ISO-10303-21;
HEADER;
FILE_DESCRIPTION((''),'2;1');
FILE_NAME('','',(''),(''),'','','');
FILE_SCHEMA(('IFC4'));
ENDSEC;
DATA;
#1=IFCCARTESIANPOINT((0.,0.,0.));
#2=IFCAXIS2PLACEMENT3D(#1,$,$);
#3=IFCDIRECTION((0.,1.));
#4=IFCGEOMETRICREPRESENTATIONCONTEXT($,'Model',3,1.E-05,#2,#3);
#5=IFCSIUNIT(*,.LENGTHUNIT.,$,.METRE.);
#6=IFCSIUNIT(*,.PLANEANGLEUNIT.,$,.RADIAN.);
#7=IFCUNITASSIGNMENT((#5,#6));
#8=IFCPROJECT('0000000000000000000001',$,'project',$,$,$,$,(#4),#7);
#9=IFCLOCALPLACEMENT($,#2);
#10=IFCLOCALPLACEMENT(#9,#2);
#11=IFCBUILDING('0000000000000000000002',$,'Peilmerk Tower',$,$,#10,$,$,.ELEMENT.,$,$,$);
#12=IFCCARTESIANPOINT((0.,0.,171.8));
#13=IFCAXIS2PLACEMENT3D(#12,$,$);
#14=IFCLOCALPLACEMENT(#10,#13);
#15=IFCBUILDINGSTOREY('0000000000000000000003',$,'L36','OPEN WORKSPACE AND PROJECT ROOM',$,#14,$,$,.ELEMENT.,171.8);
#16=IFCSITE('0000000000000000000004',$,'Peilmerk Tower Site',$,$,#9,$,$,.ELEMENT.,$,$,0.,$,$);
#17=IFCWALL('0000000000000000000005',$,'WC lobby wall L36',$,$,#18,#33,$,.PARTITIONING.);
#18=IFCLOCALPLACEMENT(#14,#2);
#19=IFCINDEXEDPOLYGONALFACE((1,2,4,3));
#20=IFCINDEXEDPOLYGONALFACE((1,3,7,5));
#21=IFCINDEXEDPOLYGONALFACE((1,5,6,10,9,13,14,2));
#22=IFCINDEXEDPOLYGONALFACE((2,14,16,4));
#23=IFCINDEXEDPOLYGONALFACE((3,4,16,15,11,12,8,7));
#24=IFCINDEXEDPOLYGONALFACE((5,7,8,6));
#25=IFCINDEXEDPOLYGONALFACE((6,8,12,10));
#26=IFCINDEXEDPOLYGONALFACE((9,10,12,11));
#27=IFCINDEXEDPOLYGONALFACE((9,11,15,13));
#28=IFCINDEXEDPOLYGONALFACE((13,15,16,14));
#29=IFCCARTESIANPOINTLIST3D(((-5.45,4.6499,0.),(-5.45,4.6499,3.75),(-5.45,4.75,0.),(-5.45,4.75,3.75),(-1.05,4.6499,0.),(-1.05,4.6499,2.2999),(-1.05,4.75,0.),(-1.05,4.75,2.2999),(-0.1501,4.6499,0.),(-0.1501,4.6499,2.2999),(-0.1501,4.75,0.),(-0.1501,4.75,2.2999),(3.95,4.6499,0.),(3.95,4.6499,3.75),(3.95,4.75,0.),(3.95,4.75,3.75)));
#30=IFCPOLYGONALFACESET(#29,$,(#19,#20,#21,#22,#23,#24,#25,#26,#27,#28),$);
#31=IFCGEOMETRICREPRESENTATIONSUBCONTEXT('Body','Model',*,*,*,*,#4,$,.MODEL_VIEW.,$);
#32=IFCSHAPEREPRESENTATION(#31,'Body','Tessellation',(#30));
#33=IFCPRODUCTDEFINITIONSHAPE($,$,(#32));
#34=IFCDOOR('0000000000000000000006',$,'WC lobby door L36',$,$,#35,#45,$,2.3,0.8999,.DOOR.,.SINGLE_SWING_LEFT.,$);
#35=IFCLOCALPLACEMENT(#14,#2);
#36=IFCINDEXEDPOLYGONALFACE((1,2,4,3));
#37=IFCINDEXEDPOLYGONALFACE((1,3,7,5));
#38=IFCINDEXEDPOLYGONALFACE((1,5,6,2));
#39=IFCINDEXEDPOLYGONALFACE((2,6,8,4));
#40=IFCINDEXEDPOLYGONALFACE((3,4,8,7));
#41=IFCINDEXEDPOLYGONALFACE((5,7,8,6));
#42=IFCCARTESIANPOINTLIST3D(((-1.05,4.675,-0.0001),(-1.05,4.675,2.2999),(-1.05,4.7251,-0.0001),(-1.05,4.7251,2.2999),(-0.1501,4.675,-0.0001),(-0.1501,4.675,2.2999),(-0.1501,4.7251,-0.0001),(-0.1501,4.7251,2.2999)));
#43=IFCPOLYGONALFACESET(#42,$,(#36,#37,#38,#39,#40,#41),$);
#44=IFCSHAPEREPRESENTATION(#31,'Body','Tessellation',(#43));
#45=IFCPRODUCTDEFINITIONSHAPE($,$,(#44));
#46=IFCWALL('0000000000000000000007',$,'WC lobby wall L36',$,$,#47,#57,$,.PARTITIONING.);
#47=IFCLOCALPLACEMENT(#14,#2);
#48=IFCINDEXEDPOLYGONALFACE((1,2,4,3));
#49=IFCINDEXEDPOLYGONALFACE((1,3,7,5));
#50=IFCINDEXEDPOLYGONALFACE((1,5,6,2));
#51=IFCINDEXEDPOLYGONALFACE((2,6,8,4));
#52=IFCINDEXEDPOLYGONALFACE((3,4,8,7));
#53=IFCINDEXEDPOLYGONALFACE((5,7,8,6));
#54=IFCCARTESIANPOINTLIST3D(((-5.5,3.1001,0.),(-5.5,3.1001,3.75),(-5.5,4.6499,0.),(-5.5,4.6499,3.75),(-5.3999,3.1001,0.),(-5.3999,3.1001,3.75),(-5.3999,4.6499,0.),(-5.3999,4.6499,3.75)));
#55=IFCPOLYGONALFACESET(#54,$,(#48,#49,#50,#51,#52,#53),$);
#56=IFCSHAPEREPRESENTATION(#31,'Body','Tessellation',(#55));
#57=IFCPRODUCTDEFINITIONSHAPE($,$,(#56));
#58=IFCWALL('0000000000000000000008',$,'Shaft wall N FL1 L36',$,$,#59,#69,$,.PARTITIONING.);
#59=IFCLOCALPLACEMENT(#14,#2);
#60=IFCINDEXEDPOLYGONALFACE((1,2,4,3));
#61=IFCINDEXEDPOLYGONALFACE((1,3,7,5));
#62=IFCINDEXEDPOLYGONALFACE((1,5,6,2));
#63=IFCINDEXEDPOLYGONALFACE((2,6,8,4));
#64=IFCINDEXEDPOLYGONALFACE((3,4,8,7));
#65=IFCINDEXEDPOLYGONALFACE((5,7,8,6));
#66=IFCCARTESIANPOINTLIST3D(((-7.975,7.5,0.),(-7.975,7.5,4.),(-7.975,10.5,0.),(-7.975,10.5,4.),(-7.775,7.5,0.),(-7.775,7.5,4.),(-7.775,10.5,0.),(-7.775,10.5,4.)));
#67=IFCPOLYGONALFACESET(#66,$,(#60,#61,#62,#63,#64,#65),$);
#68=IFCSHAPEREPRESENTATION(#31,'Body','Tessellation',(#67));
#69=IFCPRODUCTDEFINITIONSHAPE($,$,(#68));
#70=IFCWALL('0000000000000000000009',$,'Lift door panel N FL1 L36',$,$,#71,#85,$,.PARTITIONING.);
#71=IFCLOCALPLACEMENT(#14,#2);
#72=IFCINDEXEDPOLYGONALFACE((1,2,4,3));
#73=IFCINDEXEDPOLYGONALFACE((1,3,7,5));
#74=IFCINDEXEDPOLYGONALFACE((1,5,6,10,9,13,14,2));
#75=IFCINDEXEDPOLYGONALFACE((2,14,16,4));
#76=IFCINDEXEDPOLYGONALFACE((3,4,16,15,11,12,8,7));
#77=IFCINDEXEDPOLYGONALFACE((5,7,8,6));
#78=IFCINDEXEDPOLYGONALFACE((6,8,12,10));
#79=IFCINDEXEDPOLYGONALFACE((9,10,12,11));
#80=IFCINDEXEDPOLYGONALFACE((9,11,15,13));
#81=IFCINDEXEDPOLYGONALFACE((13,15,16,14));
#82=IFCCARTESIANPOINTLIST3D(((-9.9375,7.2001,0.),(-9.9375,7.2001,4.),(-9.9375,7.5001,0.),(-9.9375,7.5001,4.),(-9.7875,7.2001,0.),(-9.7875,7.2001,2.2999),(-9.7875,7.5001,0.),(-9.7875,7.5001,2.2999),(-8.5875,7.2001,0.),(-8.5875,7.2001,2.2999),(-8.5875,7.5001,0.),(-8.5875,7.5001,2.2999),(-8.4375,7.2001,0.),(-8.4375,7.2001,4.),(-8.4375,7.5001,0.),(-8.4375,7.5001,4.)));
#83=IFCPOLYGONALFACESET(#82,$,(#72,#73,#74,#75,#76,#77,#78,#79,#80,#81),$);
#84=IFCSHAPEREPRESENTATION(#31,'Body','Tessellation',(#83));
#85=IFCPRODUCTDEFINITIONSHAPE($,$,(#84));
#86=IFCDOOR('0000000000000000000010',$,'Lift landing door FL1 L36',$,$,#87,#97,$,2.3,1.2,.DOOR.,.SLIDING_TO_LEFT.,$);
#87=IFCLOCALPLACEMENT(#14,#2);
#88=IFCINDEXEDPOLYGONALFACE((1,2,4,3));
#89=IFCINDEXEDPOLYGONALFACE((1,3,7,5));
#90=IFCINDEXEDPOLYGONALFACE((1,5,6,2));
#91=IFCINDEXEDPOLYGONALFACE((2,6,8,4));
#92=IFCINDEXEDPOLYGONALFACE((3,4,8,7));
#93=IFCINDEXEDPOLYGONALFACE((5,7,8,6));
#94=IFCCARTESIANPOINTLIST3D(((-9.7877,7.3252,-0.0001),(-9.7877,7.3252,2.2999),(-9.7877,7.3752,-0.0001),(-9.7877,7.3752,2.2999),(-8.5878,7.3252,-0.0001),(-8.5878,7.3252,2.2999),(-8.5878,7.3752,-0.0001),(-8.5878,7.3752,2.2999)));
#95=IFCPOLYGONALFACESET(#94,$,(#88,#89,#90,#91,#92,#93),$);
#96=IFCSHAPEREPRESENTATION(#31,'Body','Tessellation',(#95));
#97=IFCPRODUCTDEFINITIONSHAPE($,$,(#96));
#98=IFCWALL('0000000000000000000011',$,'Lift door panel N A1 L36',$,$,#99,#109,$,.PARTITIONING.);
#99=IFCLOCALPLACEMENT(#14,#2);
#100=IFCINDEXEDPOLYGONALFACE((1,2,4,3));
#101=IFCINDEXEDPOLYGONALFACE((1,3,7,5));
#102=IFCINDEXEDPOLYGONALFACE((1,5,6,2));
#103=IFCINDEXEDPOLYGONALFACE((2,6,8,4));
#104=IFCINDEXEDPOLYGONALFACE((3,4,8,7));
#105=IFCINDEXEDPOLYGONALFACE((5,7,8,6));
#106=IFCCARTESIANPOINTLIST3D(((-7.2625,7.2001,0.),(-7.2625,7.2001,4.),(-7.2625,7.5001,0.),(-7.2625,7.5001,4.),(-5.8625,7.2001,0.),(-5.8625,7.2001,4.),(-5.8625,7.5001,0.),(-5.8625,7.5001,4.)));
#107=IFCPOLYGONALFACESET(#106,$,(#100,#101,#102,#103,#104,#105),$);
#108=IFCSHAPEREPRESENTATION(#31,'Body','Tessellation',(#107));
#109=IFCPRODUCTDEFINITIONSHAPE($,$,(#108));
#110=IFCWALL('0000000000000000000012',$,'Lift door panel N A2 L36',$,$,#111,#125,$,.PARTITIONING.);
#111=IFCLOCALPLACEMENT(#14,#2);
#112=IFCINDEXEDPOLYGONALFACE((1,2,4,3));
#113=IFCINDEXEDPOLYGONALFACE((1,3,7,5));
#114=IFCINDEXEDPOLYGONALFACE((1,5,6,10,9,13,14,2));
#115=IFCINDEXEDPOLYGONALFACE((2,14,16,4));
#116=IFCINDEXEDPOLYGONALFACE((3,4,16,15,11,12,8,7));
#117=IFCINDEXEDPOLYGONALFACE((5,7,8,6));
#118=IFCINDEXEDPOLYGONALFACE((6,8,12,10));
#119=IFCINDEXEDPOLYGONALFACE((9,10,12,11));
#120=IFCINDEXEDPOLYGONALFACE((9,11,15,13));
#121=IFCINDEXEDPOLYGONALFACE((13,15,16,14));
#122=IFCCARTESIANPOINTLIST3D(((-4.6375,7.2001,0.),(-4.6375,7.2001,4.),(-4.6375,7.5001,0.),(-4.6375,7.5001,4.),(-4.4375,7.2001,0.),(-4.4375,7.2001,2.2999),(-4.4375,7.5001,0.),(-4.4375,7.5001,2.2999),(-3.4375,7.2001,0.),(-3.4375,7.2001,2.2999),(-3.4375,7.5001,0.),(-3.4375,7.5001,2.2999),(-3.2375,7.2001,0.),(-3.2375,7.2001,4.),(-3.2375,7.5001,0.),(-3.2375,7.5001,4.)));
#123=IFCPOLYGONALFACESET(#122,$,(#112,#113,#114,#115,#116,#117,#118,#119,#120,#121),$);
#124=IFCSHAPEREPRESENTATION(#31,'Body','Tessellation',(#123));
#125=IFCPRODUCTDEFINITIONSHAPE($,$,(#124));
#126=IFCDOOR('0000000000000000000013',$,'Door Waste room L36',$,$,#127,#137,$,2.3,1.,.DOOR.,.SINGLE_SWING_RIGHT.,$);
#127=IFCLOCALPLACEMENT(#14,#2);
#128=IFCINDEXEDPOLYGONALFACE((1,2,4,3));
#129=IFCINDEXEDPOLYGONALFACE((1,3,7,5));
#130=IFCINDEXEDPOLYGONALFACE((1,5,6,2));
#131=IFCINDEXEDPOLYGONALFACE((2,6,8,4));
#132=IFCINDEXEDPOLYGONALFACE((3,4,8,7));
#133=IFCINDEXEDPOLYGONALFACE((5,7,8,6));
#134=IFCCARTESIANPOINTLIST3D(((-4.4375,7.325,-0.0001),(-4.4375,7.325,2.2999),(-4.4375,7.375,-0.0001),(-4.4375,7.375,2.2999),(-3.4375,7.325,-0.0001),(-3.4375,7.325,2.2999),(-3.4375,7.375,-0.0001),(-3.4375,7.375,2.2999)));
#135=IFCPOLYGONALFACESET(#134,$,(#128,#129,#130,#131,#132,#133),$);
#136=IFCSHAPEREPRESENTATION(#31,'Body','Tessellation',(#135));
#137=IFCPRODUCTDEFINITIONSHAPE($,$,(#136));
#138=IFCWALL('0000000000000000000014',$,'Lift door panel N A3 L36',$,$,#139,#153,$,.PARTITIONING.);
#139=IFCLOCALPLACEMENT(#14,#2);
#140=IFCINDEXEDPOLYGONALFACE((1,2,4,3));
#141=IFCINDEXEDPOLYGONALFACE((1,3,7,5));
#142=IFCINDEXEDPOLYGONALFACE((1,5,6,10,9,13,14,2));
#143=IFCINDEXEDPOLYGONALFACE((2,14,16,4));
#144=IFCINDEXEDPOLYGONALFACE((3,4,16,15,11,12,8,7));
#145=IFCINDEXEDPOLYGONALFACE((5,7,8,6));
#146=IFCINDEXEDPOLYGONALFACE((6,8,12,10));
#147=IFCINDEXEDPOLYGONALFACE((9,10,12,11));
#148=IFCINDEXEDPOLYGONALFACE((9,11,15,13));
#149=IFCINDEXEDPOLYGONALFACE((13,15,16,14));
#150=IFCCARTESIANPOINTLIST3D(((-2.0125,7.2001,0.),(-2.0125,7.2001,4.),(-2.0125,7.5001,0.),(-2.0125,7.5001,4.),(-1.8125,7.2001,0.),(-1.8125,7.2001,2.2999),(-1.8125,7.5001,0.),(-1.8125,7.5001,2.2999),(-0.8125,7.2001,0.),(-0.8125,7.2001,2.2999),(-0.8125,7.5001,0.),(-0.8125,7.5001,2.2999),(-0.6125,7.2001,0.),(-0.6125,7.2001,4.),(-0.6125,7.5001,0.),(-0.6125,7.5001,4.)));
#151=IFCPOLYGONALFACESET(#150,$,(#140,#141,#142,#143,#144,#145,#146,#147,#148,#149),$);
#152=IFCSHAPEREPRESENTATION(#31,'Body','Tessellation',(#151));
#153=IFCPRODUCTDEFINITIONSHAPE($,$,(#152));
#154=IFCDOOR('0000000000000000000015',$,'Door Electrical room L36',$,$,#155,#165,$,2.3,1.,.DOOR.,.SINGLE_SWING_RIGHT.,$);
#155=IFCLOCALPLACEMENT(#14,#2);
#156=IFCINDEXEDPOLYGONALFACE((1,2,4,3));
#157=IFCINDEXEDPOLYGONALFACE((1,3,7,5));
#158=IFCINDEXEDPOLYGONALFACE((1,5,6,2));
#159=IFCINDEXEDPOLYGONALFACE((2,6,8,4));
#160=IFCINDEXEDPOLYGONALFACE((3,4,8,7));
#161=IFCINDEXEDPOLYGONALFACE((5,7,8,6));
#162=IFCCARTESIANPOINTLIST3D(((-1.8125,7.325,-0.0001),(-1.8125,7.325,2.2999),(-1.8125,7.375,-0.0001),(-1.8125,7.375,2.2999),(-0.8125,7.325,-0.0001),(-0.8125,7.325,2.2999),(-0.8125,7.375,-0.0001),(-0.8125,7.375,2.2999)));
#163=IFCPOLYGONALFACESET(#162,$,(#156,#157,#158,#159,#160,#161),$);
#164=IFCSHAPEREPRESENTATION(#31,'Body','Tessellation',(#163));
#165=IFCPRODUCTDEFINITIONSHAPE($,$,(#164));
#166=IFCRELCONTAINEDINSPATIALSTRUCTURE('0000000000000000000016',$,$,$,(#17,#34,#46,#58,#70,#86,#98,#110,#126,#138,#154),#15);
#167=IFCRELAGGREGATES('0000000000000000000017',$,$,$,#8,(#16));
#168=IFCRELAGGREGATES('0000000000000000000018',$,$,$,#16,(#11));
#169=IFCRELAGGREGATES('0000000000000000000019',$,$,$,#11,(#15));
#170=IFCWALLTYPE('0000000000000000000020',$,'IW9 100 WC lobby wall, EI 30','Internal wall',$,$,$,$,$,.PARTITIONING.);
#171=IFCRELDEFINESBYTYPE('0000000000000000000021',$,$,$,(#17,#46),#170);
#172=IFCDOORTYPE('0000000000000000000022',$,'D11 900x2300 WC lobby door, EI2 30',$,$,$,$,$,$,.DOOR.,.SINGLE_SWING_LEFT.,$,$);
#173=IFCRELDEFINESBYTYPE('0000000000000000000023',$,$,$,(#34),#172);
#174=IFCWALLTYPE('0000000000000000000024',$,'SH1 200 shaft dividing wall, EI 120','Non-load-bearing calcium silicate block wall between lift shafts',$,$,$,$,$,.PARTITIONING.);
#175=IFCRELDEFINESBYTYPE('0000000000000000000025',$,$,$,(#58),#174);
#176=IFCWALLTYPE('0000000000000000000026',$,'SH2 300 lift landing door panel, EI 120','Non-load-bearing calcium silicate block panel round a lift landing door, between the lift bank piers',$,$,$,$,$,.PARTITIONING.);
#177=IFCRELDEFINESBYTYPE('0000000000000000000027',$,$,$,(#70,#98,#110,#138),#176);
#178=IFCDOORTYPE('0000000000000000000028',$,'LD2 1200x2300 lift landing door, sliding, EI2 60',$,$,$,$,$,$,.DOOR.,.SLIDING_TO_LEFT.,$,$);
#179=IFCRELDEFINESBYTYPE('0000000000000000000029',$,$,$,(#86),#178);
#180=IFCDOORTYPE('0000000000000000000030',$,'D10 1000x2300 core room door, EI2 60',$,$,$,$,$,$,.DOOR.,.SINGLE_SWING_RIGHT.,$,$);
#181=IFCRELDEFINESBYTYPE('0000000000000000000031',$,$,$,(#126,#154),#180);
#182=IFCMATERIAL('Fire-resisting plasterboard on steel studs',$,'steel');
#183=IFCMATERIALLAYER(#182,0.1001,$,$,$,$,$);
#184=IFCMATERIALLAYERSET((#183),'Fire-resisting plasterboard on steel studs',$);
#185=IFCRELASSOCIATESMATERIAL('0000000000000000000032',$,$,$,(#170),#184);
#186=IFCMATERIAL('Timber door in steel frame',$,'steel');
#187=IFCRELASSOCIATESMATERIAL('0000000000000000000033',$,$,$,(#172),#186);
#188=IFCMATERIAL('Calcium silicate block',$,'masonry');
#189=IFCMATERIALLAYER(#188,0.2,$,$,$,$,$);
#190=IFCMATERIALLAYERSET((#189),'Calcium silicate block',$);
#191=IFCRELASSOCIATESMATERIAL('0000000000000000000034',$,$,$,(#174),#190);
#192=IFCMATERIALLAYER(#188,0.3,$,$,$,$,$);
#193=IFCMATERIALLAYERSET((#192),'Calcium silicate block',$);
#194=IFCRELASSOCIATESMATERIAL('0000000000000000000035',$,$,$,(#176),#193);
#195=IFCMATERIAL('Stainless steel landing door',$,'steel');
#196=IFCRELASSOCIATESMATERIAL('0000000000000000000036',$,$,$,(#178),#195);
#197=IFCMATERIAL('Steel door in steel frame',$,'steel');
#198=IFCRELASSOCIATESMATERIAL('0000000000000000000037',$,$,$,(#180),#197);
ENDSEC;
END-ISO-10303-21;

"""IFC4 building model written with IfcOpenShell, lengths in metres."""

from ifc_helpers import new_model, si_unit, direction, frame, frame_2d, origin, place, context, subcontext, project, spatial, rectangle, extrude, material, layer, layer_set, type_object, element, fill, save


model = new_model("IFC4")

# Units and contexts
model_context = context("Model", 3, precision=1e-05, world=origin(), true_north=direction((0.0, 1.0)))
body_context = subcontext(model_context, "Body", "Model", "MODEL_VIEW")
ifc_project = project(units=[si_unit("LENGTHUNIT", "METRE"), si_unit("PLANEANGLEUNIT", "RADIAN")], contexts=[model_context])

# Site, building, storey
site_placement = place(None, origin())
site = spatial("IfcSite", under=ifc_project, at=site_placement, Name="Peilmerk Tower Site", CompositionType="ELEMENT", RefElevation=0.0)
building_placement = place(site_placement, origin())
building = spatial("IfcBuilding", under=site, at=building_placement, Name="Peilmerk Tower", CompositionType="ELEMENT")
storey_placement = place(building_placement, frame((0.0, 0.0, 171.8)))
storey = spatial("IfcBuildingStorey", under=building, at=storey_placement, Name="L36", Description="OPEN WORKSPACE AND PROJECT ROOM", CompositionType="ELEMENT", Elevation=171.8)

# Shared definitions
ifc_material_1 = material(Name="Steel door in steel frame", Category="steel")

# Shared definitions
ifc_material_2 = material(Name="Timber door in steel frame", Category="steel")

# Wall, opening, door
ifc_material_3 = material(Name="Fire-resisting plasterboard on steel studs", Category="steel")
ifc_layer_1 = layer(ifc_material_3, 0.1001)
ifc_layer_set_1 = layer_set([ifc_layer_1], Name="Fire-resisting plasterboard on steel studs")
wall_type_1 = type_object("IfcWallType", Name="IW9 100 WC lobby wall, EI 30", Description="Internal wall", PredefinedType="PARTITIONING", material=ifc_layer_set_1)
wall_1_placement = place(storey_placement, frame((-5.45, 4.7, 0.0), z_axis=(0.0, 0.0, 1.0), x_axis=(1.0, 0.0, 0.0)))
wall_1 = element("IfcWall", 1, at=wall_1_placement, inside=storey, type_object=wall_type_1, Name="WC lobby wall L36", PredefinedType="PARTITIONING", context=body_context, shape_type="SweptSolid", body=[
    extrude(rectangle(XDim=9.3999, YDim=0.1001, at=frame_2d((4.7, 0.0))), origin(), (0.0, 0.0, 1.0), 3.75),
])
opening_1_placement = place(wall_1_placement, frame((4.3999, 0.0, 0.0)))
opening_1 = element("IfcOpeningElement", 2, at=opening_1_placement, cuts=wall_1, PredefinedType="OPENING", context=body_context, shape_type="SweptSolid", body=[
    extrude(rectangle(XDim=0.8999, YDim=2.3, at=frame_2d((0.45, 1.1499))), frame((0.0, 0.0601, 0.0), z_axis=(0.0, -1.0, 0.0), x_axis=(1.0, 0.0, 0.0)), (0.0, 0.0, 1.0), 0.1201),
])
door_type_1 = type_object("IfcDoorType", Name="D11 900x2300 WC lobby door, EI2 30", OperationType="SINGLE_SWING_LEFT", PredefinedType="DOOR", material=ifc_material_2)
door_1_placement = place(opening_1_placement, frame((0.8999, 0.0, 0.0), z_axis=(0.0, 0.0, 1.0), x_axis=(-1.0, 0.0, 0.0)))
door_1 = element("IfcDoor", 3, at=door_1_placement, inside=storey, type_object=door_type_1, Name="WC lobby door L36", OperationType="SINGLE_SWING_LEFT", OverallHeight=2.3, OverallWidth=0.8999, PredefinedType="DOOR", context=body_context, shape_type="SweptSolid", body=[
    extrude(rectangle(XDim=0.8999, YDim=2.3, at=frame_2d((0.45, 1.1499))), frame((0.0, 0.0249, 0.0), z_axis=(0.0, -1.0, 0.0), x_axis=(1.0, 0.0, 0.0)), (0.0, 0.0, 1.0), 0.05),
])
fill(opening_1, door_1)

# Walls
wall_2_placement = place(storey_placement, frame((-5.45, 3.1001, 0.0), z_axis=(0.0, 0.0, 1.0), x_axis=(0.0, 1.0, 0.0)))
element("IfcWall", 4, at=wall_2_placement, inside=storey, type_object=wall_type_1, Name="WC lobby wall L36", PredefinedType="PARTITIONING", context=body_context, shape_type="SweptSolid", body=[
    extrude(rectangle(XDim=1.5498, YDim=0.1001, at=frame_2d((0.7749, 0.0))), origin(), (0.0, 0.0, 1.0), 3.75),
])
ifc_material_4 = material(Name="Calcium silicate block", Category="masonry")
ifc_layer_2 = layer(ifc_material_4, 0.2)
ifc_layer_set_2 = layer_set([ifc_layer_2], Name="Calcium silicate block")
wall_type_2 = type_object("IfcWallType", Name="SH1 200 shaft dividing wall, EI 120", Description="Non-load-bearing calcium silicate block wall between lift shafts", PredefinedType="PARTITIONING", material=ifc_layer_set_2)
wall_3_placement = place(storey_placement, frame((-7.875, 7.5, 0.0), z_axis=(0.0, 0.0, 1.0), x_axis=(0.0, 1.0, 0.0)))
element("IfcWall", 5, at=wall_3_placement, inside=storey, type_object=wall_type_2, Name="Shaft wall N FL1 L36", PredefinedType="PARTITIONING", context=body_context, shape_type="SweptSolid", body=[
    extrude(rectangle(XDim=3.0, YDim=0.2, at=frame_2d((1.5, 0.0))), origin(), (0.0, 0.0, 1.0), 4.0),
])

# Wall, opening, door
ifc_layer_3 = layer(ifc_material_4, 0.3)
ifc_layer_set_3 = layer_set([ifc_layer_3], Name="Calcium silicate block")
wall_type_3 = type_object("IfcWallType", Name="SH2 300 lift landing door panel, EI 120", Description="Non-load-bearing calcium silicate block panel round a lift landing door, between the lift bank piers", PredefinedType="PARTITIONING", material=ifc_layer_set_3)
wall_4_placement = place(storey_placement, frame((-9.9375, 7.3501, 0.0), z_axis=(0.0, 0.0, 1.0), x_axis=(1.0, 0.0, 0.0)))
wall_4 = element("IfcWall", 6, at=wall_4_placement, inside=storey, type_object=wall_type_3, Name="Lift door panel N FL1 L36", PredefinedType="PARTITIONING", context=body_context, shape_type="SweptSolid", body=[
    extrude(rectangle(XDim=1.5, YDim=0.3, at=frame_2d((0.75, 0.0))), origin(), (0.0, 0.0, 1.0), 4.0),
])
opening_2_placement = place(wall_4_placement, frame((0.1499, 0.0, 0.0)))
opening_2 = element("IfcOpeningElement", 7, at=opening_2_placement, cuts=wall_4, PredefinedType="OPENING", context=body_context, shape_type="SweptSolid", body=[
    extrude(rectangle(XDim=1.2, YDim=2.3, at=frame_2d((0.6001, 1.1499))), frame((0.0, 0.1599, 0.0), z_axis=(0.0, -1.0, 0.0), x_axis=(1.0, 0.0, 0.0)), (0.0, 0.0, 1.0), 0.3201),
])
ifc_material_5 = material(Name="Stainless steel landing door", Category="steel")
door_type_2 = type_object("IfcDoorType", Name="LD2 1200x2300 lift landing door, sliding, EI2 60", OperationType="SLIDING_TO_LEFT", PredefinedType="DOOR", material=ifc_material_5)
door_2_placement = place(opening_2_placement, frame((1.2, 0.0, 0.0), z_axis=(0.0, 0.0, 1.0), x_axis=(-1.0, 0.0, 0.0)))
door_2 = element("IfcDoor", 8, at=door_2_placement, inside=storey, type_object=door_type_2, Name="Lift landing door FL1 L36", OperationType="SLIDING_TO_LEFT", OverallHeight=2.3, OverallWidth=1.2, PredefinedType="DOOR", context=body_context, shape_type="SweptSolid", body=[
    extrude(rectangle(XDim=1.2, YDim=2.3, at=frame_2d((0.6001, 1.1499))), frame((0.0, 0.0249, 0.0), z_axis=(0.0, -1.0, 0.0), x_axis=(1.0, 0.0, 0.0)), (0.0, 0.0, 1.0), 0.05),
])
fill(opening_2, door_2)

# Wall
wall_5_placement = place(storey_placement, frame((-7.2625, 7.3501, 0.0), z_axis=(0.0, 0.0, 1.0), x_axis=(1.0, 0.0, 0.0)))
element("IfcWall", 9, at=wall_5_placement, inside=storey, type_object=wall_type_3, Name="Lift door panel N A1 L36", PredefinedType="PARTITIONING", context=body_context, shape_type="SweptSolid", body=[
    extrude(rectangle(XDim=1.3999, YDim=0.3, at=frame_2d((0.7, 0.0))), origin(), (0.0, 0.0, 1.0), 4.0),
])

# Walls, openings, doors
wall_6_placement = place(storey_placement, frame((-4.6375, 7.3501, 0.0), z_axis=(0.0, 0.0, 1.0), x_axis=(1.0, 0.0, 0.0)))
wall_6 = element("IfcWall", 10, at=wall_6_placement, inside=storey, type_object=wall_type_3, Name="Lift door panel N A2 L36", PredefinedType="PARTITIONING", context=body_context, shape_type="SweptSolid", body=[
    extrude(rectangle(XDim=1.3999, YDim=0.3, at=frame_2d((0.7, 0.0))), origin(), (0.0, 0.0, 1.0), 4.0),
])
opening_3_placement = place(wall_6_placement, frame((0.2, 0.0, 0.0)))
opening_3 = element("IfcOpeningElement", 11, at=opening_3_placement, cuts=wall_6, PredefinedType="OPENING", context=body_context, shape_type="SweptSolid", body=[
    extrude(rectangle(XDim=1.0, YDim=2.3, at=frame_2d((0.5, 1.1499))), frame((0.0, 0.1599, 0.0), z_axis=(0.0, -1.0, 0.0), x_axis=(1.0, 0.0, 0.0)), (0.0, 0.0, 1.0), 0.3201),
])
door_type_3 = type_object("IfcDoorType", Name="D10 1000x2300 core room door, EI2 60", OperationType="SINGLE_SWING_RIGHT", PredefinedType="DOOR", material=ifc_material_1)
door_3_placement = place(opening_3_placement, origin())
door_3 = element("IfcDoor", 12, at=door_3_placement, inside=storey, type_object=door_type_3, Name="Door Waste room L36", OperationType="SINGLE_SWING_RIGHT", OverallHeight=2.3, OverallWidth=1.0, PredefinedType="DOOR", context=body_context, shape_type="SweptSolid", body=[
    extrude(rectangle(XDim=1.0, YDim=2.3, at=frame_2d((0.5, 1.1499))), frame((0.0, 0.0249, 0.0), z_axis=(0.0, -1.0, 0.0), x_axis=(1.0, 0.0, 0.0)), (0.0, 0.0, 1.0), 0.05),
])
fill(opening_3, door_3)
wall_7_placement = place(storey_placement, frame((-2.0125, 7.3501, 0.0), z_axis=(0.0, 0.0, 1.0), x_axis=(1.0, 0.0, 0.0)))
wall_7 = element("IfcWall", 13, at=wall_7_placement, inside=storey, type_object=wall_type_3, Name="Lift door panel N A3 L36", PredefinedType="PARTITIONING", context=body_context, shape_type="SweptSolid", body=[
    extrude(rectangle(XDim=1.3999, YDim=0.3, at=frame_2d((0.7, 0.0))), origin(), (0.0, 0.0, 1.0), 4.0),
])
opening_4_placement = place(wall_7_placement, frame((0.2, 0.0, 0.0)))
opening_4 = element("IfcOpeningElement", 14, at=opening_4_placement, cuts=wall_7, PredefinedType="OPENING", context=body_context, shape_type="SweptSolid", body=[
    extrude(rectangle(XDim=1.0, YDim=2.3, at=frame_2d((0.5, 1.1499))), frame((0.0, 0.1599, 0.0), z_axis=(0.0, -1.0, 0.0), x_axis=(1.0, 0.0, 0.0)), (0.0, 0.0, 1.0), 0.3201),
])
door_4_placement = place(opening_4_placement, origin())
door_4 = element("IfcDoor", 15, at=door_4_placement, inside=storey, type_object=door_type_3, Name="Door Electrical room L36", OperationType="SINGLE_SWING_RIGHT", OverallHeight=2.3, OverallWidth=1.0, PredefinedType="DOOR", context=body_context, shape_type="SweptSolid", body=[
    extrude(rectangle(XDim=1.0, YDim=2.3, at=frame_2d((0.5, 1.1499))), frame((0.0, 0.0249, 0.0), z_axis=(0.0, -1.0, 0.0), x_axis=(1.0, 0.0, 0.0)), (0.0, 0.0, 1.0), 0.05),
])
fill(opening_4, door_4)

save(model, "model.ifc")
